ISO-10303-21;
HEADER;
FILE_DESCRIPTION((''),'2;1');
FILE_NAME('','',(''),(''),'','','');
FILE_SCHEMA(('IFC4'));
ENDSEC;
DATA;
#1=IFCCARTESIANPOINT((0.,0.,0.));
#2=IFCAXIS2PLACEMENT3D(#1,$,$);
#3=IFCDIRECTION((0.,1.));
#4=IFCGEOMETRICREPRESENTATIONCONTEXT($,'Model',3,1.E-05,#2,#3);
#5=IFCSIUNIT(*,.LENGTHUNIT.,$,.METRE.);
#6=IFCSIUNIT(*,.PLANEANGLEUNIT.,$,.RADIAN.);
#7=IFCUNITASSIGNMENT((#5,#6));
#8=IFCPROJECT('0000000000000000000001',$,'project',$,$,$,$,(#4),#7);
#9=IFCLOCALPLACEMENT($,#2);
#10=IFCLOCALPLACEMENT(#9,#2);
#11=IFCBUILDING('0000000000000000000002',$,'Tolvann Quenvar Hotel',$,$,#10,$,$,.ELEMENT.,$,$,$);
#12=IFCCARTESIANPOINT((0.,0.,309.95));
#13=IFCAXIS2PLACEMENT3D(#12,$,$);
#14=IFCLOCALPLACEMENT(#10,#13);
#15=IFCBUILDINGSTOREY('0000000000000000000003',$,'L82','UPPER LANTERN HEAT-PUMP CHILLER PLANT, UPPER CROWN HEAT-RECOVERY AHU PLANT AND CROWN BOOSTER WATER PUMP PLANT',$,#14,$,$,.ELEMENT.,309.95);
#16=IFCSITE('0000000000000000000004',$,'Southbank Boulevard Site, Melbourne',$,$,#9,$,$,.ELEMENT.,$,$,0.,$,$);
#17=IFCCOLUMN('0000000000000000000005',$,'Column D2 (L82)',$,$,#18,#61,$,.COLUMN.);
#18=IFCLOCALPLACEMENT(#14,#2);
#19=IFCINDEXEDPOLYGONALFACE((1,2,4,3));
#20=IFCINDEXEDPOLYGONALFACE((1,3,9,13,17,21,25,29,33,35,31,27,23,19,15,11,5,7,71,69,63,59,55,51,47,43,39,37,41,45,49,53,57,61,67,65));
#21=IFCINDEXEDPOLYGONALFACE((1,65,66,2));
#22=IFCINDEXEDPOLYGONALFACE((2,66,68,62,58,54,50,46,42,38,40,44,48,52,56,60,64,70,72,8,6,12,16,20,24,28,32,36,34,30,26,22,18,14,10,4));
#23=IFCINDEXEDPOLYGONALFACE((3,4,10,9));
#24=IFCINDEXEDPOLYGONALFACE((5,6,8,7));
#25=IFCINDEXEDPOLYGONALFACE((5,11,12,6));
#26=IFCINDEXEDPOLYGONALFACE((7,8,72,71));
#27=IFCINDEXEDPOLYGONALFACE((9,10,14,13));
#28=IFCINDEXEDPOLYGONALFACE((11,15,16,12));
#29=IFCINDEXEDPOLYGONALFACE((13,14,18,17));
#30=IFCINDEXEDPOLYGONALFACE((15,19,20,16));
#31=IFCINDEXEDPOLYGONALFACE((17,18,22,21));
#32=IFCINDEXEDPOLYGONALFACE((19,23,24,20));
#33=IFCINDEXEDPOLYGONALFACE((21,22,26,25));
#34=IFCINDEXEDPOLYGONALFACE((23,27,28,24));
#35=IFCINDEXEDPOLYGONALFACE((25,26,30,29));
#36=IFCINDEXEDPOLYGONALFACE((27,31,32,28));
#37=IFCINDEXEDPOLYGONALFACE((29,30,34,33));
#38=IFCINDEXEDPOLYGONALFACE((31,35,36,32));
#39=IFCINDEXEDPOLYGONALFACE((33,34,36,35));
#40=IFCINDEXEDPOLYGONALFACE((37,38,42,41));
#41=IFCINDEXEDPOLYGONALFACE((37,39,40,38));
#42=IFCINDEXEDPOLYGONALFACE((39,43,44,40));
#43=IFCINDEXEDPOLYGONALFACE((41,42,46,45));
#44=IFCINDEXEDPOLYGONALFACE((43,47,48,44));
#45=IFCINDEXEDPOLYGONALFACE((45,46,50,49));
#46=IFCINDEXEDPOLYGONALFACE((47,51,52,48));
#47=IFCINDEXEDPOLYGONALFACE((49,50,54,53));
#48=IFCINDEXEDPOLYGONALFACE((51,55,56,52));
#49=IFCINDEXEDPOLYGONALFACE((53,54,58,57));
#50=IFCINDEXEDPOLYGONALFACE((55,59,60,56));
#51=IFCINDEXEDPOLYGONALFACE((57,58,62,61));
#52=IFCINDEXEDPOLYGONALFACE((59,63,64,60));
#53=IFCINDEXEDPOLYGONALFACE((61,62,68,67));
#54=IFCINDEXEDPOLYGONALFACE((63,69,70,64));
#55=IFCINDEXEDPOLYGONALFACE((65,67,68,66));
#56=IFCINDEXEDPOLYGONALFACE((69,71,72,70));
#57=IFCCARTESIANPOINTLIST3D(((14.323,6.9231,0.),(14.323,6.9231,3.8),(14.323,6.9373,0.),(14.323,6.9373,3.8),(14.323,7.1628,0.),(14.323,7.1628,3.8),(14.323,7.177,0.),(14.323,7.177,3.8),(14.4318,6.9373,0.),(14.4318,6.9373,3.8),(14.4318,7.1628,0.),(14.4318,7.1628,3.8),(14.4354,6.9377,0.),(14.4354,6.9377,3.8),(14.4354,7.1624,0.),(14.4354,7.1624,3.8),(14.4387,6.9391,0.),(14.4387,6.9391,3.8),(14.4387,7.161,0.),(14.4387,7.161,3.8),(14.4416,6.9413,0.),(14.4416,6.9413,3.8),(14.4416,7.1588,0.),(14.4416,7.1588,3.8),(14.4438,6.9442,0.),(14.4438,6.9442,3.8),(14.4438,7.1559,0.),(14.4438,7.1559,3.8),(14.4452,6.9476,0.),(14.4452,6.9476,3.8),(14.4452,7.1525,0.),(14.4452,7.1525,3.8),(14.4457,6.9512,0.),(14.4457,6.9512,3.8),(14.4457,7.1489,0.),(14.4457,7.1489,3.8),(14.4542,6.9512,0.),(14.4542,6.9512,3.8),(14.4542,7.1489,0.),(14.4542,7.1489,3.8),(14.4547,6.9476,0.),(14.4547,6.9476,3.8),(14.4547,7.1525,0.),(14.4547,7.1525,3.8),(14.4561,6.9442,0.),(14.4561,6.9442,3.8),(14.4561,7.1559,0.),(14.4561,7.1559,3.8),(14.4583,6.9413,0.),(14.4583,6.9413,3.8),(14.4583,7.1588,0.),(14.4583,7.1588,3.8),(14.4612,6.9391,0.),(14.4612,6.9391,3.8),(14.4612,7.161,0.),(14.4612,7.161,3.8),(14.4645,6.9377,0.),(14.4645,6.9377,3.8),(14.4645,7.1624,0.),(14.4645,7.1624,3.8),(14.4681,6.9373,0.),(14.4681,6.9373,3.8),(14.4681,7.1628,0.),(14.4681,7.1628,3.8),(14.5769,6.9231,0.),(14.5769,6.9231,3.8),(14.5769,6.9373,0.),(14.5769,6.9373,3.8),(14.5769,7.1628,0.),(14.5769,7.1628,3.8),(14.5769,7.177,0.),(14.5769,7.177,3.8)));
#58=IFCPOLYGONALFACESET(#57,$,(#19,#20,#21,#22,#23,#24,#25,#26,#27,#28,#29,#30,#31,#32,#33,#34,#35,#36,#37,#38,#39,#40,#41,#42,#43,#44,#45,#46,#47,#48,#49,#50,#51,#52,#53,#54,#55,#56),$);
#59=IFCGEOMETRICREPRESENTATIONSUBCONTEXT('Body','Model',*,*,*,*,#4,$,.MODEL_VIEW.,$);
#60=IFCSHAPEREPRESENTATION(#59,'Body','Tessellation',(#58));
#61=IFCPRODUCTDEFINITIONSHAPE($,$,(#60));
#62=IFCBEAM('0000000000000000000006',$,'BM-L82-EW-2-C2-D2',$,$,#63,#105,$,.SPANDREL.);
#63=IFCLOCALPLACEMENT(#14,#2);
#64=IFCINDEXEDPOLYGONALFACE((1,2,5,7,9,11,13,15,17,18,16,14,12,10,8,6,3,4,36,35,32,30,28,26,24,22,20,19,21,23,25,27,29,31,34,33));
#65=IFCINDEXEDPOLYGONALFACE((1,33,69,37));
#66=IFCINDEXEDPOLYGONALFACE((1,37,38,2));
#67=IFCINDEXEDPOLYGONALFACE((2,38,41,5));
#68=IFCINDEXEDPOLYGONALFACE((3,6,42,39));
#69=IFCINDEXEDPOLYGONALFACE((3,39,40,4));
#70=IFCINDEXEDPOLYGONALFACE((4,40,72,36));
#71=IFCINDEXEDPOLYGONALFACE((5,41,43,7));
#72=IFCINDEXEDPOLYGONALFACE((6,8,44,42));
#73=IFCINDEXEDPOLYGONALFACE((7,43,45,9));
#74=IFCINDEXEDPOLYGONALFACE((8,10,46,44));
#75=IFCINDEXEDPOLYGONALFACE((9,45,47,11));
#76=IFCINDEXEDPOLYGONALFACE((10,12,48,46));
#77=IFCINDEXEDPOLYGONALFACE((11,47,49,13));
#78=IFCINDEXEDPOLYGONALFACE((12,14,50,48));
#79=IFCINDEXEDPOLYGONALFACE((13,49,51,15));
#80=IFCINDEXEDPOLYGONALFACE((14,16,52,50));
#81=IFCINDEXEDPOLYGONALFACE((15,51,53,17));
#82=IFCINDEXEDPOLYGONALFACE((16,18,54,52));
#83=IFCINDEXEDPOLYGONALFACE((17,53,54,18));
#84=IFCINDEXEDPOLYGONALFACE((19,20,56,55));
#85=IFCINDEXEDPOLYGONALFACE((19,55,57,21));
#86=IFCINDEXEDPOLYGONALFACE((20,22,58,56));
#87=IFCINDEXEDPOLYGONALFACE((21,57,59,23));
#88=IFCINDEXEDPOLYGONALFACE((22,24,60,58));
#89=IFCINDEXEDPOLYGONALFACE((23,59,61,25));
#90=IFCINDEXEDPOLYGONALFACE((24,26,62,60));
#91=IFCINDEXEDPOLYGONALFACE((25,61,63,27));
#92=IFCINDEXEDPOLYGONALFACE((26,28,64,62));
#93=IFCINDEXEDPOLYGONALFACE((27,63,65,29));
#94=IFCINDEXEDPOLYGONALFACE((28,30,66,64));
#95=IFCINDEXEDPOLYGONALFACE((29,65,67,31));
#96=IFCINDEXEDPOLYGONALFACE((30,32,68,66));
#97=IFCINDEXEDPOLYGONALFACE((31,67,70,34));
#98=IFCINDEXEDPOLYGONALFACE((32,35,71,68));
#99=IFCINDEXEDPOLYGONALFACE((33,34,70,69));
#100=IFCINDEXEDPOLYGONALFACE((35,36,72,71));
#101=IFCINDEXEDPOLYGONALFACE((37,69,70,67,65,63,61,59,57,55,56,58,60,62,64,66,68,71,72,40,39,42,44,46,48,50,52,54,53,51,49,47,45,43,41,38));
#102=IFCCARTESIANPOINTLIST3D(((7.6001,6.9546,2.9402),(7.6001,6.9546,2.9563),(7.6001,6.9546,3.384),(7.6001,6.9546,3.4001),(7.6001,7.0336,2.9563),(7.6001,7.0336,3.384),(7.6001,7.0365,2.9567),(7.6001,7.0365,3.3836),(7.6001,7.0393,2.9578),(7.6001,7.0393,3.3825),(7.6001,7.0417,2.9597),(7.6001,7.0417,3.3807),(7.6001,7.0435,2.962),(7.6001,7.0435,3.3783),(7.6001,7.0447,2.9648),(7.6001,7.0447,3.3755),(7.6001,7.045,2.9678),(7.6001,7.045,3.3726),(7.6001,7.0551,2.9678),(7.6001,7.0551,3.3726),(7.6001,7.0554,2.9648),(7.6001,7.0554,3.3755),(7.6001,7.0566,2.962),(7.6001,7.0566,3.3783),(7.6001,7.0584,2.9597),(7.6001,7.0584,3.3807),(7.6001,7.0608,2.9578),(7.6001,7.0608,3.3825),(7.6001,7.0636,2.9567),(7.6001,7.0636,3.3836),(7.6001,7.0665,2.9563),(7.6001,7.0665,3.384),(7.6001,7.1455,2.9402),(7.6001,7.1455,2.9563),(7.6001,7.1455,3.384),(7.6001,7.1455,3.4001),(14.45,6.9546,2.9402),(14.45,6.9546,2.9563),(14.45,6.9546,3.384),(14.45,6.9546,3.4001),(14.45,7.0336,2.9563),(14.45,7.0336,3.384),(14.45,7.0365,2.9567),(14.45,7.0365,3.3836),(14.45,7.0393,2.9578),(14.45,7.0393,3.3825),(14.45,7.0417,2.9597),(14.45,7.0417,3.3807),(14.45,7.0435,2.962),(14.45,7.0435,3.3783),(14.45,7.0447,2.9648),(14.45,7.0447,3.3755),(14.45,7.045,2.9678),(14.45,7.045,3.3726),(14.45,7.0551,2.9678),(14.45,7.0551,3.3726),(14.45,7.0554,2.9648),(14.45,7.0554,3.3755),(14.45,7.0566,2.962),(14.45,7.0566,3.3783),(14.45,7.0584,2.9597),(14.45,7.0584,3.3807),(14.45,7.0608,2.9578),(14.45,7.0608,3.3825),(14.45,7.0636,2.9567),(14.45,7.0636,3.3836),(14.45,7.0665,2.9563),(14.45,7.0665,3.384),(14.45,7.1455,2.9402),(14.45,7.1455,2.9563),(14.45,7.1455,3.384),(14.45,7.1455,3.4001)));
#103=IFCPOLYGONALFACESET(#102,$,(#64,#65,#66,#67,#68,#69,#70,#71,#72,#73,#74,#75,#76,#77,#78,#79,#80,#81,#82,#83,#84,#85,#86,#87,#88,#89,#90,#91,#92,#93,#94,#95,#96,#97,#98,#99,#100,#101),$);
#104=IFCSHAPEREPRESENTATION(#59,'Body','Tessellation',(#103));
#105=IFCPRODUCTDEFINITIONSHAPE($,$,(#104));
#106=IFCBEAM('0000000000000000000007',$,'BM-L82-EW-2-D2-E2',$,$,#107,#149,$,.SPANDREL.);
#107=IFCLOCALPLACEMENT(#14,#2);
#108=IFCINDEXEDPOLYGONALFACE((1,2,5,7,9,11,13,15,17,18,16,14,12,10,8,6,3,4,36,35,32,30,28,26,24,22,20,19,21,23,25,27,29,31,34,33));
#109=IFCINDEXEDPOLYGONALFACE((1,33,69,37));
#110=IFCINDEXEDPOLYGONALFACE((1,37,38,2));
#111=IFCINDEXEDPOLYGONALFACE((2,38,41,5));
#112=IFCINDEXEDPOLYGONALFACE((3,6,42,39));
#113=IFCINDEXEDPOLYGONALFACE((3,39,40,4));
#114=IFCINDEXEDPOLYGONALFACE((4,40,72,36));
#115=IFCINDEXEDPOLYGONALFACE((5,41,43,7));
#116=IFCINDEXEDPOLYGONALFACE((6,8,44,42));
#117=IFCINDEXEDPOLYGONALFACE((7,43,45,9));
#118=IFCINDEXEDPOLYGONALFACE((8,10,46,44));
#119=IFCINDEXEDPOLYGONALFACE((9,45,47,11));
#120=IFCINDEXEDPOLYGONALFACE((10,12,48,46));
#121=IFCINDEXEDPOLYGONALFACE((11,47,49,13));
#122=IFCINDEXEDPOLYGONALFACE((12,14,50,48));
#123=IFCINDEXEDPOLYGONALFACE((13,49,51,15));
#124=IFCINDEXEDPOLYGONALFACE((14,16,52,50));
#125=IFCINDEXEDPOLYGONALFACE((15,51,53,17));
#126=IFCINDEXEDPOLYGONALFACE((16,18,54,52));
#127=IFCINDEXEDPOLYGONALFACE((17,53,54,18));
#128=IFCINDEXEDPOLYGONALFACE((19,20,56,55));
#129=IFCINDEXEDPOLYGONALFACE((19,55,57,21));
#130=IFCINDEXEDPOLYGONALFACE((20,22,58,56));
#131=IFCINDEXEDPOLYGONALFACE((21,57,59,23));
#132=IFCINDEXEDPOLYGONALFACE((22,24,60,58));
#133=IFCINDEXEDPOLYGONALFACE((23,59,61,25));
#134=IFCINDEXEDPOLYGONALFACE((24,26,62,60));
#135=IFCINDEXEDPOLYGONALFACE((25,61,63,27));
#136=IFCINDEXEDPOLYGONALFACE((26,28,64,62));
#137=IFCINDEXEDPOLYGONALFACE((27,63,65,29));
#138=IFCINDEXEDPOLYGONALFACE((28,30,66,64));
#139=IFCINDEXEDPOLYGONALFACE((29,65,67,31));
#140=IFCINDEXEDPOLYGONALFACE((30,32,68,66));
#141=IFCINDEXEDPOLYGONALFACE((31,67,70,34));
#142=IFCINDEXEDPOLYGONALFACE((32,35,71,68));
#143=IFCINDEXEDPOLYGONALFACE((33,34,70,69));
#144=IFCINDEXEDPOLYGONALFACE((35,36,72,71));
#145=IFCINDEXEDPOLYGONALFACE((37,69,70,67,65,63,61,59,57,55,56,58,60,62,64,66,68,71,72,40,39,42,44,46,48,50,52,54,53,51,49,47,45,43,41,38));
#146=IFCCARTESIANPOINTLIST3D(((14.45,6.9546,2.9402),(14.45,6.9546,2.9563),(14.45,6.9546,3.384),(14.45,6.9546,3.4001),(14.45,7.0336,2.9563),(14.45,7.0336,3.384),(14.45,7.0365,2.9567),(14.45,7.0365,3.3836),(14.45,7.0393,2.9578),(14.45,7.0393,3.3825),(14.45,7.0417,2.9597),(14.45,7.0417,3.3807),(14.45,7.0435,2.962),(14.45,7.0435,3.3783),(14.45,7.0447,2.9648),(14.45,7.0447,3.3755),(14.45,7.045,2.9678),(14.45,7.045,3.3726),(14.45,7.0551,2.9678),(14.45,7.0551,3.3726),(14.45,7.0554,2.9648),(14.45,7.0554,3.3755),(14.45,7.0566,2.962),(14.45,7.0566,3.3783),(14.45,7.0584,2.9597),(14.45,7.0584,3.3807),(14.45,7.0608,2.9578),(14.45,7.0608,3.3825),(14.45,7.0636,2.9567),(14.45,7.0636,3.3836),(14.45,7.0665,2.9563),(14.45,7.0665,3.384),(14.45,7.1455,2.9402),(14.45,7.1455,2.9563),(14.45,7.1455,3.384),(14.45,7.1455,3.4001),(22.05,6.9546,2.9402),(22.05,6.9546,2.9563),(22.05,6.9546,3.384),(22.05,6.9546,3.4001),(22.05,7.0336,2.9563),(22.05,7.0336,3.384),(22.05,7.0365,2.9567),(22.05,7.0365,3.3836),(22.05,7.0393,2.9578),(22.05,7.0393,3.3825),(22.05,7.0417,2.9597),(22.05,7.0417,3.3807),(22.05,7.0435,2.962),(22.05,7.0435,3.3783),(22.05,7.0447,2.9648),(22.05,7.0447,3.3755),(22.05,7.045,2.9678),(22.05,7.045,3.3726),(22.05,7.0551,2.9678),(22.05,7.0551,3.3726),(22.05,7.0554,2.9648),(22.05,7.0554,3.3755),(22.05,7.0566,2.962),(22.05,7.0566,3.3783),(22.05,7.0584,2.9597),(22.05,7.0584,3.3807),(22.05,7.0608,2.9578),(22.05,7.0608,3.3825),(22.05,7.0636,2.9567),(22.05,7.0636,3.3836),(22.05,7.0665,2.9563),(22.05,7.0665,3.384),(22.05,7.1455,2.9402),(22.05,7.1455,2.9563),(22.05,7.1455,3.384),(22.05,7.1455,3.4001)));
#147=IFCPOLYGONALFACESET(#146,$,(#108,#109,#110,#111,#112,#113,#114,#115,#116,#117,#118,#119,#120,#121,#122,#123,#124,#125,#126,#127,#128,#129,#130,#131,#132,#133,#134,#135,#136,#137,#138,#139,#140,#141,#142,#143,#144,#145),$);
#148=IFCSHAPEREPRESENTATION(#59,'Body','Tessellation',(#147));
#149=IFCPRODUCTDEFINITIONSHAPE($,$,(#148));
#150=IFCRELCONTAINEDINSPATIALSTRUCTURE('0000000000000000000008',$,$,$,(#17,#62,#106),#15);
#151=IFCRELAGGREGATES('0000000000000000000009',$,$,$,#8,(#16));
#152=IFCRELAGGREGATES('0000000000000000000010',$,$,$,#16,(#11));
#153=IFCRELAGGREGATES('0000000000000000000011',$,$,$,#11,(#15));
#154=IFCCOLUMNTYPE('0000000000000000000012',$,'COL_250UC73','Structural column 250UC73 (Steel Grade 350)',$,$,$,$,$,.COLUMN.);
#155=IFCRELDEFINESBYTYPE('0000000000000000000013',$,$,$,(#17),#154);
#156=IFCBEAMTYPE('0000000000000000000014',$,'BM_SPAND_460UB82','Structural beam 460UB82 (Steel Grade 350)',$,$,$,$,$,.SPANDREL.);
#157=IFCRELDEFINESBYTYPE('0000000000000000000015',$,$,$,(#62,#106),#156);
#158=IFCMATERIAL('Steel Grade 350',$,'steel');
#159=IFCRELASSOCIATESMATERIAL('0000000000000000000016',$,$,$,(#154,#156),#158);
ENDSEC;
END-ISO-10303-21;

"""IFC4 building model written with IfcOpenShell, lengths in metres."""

from ifc_helpers import new_model, si_unit, direction, frame, origin, origin_2d, place, context, subcontext, project, spatial, i_section, extrude, source, transform, mapped, material, material_profile, profile_set, type_object, type_shapes, element, save


model = new_model("IFC4")

# Units and contexts
model_context = context("Model", 3, precision=1e-05, world=origin(), true_north=direction((0.0, 1.0)))
body_context = subcontext(model_context, "Body", "Model", "MODEL_VIEW")
ifc_project = project(units=[si_unit("LENGTHUNIT", "METRE"), si_unit("PLANEANGLEUNIT", "RADIAN")], contexts=[model_context])

# Site, building, storey
site_placement = place(None, origin())
site = spatial("IfcSite", under=ifc_project, at=site_placement, Name="Southbank Boulevard Site, Melbourne", CompositionType="ELEMENT", RefElevation=0.0)
building_placement = place(site_placement, origin())
building = spatial("IfcBuilding", under=site, at=building_placement, Name="Tolvann Quenvar Hotel", CompositionType="ELEMENT")
storey_placement = place(building_placement, frame((0.0, 0.0, 309.95)))
storey = spatial("IfcBuildingStorey", under=building, at=storey_placement, Name="L82", Description="UPPER LANTERN HEAT-PUMP CHILLER PLANT, UPPER CROWN HEAT-RECOVERY AHU PLANT AND CROWN BOOSTER WATER PUMP PLANT", CompositionType="ELEMENT", Elevation=309.95)

# Column
ifc_material_1 = material(Name="Steel Grade 350", Category="steel")
ifc_material_profile_1 = material_profile(ifc_material_1, i_section(OverallWidth=0.2539, OverallDepth=0.2539, WebThickness=0.0085, FlangeThickness=0.0142, FilletRadius=0.0139, at=origin_2d()), Name="250UC73")
ifc_profile_set_1 = profile_set([ifc_material_profile_1], Name="Steel Grade 350")
column_type = type_object("IfcColumnType", Name="COL_250UC73", Description="Structural column 250UC73 (Steel Grade 350)", PredefinedType="COLUMN", material=ifc_profile_set_1)
shared_shape_1 = source(origin(), body_context, "Body", "SweptSolid", [
    extrude(i_section(OverallWidth=0.2539, OverallDepth=0.2539, WebThickness=0.0085, FlangeThickness=0.0142, FilletRadius=0.0139, at=origin_2d()), origin(), (0.0, 0.0, 1.0), 3.8),
])
type_shapes(column_type, [shared_shape_1])
column_placement = place(storey_placement, frame((14.45, 7.05, 0.0), z_axis=(0.0, 0.0, 1.0), x_axis=(1.0, 0.0, 0.0)))
element("IfcColumn", 1, at=column_placement, inside=storey, type_object=column_type, Name="Column D2 (L82)", PredefinedType="COLUMN", context=body_context, shape_type="MappedRepresentation", body=[
    mapped(shared_shape_1, transform((0.0, 0.0, 0.0), x_axis=(1.0, 0.0, 0.0), y_axis=(0.0, 1.0, 0.0), z_axis=(0.0, 0.0, 1.0), scale=1.0)),
])

# Beams
ifc_material_profile_2 = material_profile(ifc_material_1, i_section(OverallWidth=0.1909, OverallDepth=0.46, WebThickness=0.01, FlangeThickness=0.0161, FilletRadius=0.0115, at=origin_2d()), Name="460UB82")
ifc_profile_set_2 = profile_set([ifc_material_profile_2], Name="Steel Grade 350")
beam_type_1 = type_object("IfcBeamType", Name="BM_SPAND_460UB82", Description="Structural beam 460UB82 (Steel Grade 350)", PredefinedType="SPANDREL", material=ifc_profile_set_2)
shared_shape_2 = source(origin(), body_context, "Body", "SweptSolid", [
    extrude(i_section(OverallWidth=0.1909, OverallDepth=0.46, WebThickness=0.01, FlangeThickness=0.0161, FilletRadius=0.0115, at=origin_2d()), origin(), (0.0, 0.0, 1.0), 6.8499),
])
beam_1_placement = place(storey_placement, frame((7.6001, 7.05, 3.1702), z_axis=(1.0, 0.0, 0.0), x_axis=(0.0, 1.0, 0.0)))
element("IfcBeam", 2, at=beam_1_placement, inside=storey, type_object=beam_type_1, Name="BM-L82-EW-2-C2-D2", PredefinedType="SPANDREL", context=body_context, shape_type="MappedRepresentation", body=[
    mapped(shared_shape_2, transform((0.0, 0.0, 0.0), x_axis=(1.0, 0.0, 0.0), y_axis=(0.0, 1.0, 0.0), z_axis=(0.0, 0.0, 1.0), scale=1.0)),
])
shared_shape_3 = source(origin(), body_context, "Body", "SweptSolid", [
    extrude(i_section(OverallWidth=0.1909, OverallDepth=0.46, WebThickness=0.01, FlangeThickness=0.0161, FilletRadius=0.0115, at=origin_2d()), origin(), (0.0, 0.0, 1.0), 7.6001),
])
type_shapes(beam_type_1, [shared_shape_2, shared_shape_3])
beam_2_placement = place(storey_placement, frame((14.45, 7.05, 3.1702), z_axis=(1.0, 0.0, 0.0), x_axis=(0.0, 1.0, 0.0)))
element("IfcBeam", 3, at=beam_2_placement, inside=storey, type_object=beam_type_1, Name="BM-L82-EW-2-D2-E2", PredefinedType="SPANDREL", context=body_context, shape_type="MappedRepresentation", body=[
    mapped(shared_shape_3, transform((0.0, 0.0, 0.0), x_axis=(1.0, 0.0, 0.0), y_axis=(0.0, 1.0, 0.0), z_axis=(0.0, 0.0, 1.0), scale=1.0)),
])

save(model, "model.ifc")
